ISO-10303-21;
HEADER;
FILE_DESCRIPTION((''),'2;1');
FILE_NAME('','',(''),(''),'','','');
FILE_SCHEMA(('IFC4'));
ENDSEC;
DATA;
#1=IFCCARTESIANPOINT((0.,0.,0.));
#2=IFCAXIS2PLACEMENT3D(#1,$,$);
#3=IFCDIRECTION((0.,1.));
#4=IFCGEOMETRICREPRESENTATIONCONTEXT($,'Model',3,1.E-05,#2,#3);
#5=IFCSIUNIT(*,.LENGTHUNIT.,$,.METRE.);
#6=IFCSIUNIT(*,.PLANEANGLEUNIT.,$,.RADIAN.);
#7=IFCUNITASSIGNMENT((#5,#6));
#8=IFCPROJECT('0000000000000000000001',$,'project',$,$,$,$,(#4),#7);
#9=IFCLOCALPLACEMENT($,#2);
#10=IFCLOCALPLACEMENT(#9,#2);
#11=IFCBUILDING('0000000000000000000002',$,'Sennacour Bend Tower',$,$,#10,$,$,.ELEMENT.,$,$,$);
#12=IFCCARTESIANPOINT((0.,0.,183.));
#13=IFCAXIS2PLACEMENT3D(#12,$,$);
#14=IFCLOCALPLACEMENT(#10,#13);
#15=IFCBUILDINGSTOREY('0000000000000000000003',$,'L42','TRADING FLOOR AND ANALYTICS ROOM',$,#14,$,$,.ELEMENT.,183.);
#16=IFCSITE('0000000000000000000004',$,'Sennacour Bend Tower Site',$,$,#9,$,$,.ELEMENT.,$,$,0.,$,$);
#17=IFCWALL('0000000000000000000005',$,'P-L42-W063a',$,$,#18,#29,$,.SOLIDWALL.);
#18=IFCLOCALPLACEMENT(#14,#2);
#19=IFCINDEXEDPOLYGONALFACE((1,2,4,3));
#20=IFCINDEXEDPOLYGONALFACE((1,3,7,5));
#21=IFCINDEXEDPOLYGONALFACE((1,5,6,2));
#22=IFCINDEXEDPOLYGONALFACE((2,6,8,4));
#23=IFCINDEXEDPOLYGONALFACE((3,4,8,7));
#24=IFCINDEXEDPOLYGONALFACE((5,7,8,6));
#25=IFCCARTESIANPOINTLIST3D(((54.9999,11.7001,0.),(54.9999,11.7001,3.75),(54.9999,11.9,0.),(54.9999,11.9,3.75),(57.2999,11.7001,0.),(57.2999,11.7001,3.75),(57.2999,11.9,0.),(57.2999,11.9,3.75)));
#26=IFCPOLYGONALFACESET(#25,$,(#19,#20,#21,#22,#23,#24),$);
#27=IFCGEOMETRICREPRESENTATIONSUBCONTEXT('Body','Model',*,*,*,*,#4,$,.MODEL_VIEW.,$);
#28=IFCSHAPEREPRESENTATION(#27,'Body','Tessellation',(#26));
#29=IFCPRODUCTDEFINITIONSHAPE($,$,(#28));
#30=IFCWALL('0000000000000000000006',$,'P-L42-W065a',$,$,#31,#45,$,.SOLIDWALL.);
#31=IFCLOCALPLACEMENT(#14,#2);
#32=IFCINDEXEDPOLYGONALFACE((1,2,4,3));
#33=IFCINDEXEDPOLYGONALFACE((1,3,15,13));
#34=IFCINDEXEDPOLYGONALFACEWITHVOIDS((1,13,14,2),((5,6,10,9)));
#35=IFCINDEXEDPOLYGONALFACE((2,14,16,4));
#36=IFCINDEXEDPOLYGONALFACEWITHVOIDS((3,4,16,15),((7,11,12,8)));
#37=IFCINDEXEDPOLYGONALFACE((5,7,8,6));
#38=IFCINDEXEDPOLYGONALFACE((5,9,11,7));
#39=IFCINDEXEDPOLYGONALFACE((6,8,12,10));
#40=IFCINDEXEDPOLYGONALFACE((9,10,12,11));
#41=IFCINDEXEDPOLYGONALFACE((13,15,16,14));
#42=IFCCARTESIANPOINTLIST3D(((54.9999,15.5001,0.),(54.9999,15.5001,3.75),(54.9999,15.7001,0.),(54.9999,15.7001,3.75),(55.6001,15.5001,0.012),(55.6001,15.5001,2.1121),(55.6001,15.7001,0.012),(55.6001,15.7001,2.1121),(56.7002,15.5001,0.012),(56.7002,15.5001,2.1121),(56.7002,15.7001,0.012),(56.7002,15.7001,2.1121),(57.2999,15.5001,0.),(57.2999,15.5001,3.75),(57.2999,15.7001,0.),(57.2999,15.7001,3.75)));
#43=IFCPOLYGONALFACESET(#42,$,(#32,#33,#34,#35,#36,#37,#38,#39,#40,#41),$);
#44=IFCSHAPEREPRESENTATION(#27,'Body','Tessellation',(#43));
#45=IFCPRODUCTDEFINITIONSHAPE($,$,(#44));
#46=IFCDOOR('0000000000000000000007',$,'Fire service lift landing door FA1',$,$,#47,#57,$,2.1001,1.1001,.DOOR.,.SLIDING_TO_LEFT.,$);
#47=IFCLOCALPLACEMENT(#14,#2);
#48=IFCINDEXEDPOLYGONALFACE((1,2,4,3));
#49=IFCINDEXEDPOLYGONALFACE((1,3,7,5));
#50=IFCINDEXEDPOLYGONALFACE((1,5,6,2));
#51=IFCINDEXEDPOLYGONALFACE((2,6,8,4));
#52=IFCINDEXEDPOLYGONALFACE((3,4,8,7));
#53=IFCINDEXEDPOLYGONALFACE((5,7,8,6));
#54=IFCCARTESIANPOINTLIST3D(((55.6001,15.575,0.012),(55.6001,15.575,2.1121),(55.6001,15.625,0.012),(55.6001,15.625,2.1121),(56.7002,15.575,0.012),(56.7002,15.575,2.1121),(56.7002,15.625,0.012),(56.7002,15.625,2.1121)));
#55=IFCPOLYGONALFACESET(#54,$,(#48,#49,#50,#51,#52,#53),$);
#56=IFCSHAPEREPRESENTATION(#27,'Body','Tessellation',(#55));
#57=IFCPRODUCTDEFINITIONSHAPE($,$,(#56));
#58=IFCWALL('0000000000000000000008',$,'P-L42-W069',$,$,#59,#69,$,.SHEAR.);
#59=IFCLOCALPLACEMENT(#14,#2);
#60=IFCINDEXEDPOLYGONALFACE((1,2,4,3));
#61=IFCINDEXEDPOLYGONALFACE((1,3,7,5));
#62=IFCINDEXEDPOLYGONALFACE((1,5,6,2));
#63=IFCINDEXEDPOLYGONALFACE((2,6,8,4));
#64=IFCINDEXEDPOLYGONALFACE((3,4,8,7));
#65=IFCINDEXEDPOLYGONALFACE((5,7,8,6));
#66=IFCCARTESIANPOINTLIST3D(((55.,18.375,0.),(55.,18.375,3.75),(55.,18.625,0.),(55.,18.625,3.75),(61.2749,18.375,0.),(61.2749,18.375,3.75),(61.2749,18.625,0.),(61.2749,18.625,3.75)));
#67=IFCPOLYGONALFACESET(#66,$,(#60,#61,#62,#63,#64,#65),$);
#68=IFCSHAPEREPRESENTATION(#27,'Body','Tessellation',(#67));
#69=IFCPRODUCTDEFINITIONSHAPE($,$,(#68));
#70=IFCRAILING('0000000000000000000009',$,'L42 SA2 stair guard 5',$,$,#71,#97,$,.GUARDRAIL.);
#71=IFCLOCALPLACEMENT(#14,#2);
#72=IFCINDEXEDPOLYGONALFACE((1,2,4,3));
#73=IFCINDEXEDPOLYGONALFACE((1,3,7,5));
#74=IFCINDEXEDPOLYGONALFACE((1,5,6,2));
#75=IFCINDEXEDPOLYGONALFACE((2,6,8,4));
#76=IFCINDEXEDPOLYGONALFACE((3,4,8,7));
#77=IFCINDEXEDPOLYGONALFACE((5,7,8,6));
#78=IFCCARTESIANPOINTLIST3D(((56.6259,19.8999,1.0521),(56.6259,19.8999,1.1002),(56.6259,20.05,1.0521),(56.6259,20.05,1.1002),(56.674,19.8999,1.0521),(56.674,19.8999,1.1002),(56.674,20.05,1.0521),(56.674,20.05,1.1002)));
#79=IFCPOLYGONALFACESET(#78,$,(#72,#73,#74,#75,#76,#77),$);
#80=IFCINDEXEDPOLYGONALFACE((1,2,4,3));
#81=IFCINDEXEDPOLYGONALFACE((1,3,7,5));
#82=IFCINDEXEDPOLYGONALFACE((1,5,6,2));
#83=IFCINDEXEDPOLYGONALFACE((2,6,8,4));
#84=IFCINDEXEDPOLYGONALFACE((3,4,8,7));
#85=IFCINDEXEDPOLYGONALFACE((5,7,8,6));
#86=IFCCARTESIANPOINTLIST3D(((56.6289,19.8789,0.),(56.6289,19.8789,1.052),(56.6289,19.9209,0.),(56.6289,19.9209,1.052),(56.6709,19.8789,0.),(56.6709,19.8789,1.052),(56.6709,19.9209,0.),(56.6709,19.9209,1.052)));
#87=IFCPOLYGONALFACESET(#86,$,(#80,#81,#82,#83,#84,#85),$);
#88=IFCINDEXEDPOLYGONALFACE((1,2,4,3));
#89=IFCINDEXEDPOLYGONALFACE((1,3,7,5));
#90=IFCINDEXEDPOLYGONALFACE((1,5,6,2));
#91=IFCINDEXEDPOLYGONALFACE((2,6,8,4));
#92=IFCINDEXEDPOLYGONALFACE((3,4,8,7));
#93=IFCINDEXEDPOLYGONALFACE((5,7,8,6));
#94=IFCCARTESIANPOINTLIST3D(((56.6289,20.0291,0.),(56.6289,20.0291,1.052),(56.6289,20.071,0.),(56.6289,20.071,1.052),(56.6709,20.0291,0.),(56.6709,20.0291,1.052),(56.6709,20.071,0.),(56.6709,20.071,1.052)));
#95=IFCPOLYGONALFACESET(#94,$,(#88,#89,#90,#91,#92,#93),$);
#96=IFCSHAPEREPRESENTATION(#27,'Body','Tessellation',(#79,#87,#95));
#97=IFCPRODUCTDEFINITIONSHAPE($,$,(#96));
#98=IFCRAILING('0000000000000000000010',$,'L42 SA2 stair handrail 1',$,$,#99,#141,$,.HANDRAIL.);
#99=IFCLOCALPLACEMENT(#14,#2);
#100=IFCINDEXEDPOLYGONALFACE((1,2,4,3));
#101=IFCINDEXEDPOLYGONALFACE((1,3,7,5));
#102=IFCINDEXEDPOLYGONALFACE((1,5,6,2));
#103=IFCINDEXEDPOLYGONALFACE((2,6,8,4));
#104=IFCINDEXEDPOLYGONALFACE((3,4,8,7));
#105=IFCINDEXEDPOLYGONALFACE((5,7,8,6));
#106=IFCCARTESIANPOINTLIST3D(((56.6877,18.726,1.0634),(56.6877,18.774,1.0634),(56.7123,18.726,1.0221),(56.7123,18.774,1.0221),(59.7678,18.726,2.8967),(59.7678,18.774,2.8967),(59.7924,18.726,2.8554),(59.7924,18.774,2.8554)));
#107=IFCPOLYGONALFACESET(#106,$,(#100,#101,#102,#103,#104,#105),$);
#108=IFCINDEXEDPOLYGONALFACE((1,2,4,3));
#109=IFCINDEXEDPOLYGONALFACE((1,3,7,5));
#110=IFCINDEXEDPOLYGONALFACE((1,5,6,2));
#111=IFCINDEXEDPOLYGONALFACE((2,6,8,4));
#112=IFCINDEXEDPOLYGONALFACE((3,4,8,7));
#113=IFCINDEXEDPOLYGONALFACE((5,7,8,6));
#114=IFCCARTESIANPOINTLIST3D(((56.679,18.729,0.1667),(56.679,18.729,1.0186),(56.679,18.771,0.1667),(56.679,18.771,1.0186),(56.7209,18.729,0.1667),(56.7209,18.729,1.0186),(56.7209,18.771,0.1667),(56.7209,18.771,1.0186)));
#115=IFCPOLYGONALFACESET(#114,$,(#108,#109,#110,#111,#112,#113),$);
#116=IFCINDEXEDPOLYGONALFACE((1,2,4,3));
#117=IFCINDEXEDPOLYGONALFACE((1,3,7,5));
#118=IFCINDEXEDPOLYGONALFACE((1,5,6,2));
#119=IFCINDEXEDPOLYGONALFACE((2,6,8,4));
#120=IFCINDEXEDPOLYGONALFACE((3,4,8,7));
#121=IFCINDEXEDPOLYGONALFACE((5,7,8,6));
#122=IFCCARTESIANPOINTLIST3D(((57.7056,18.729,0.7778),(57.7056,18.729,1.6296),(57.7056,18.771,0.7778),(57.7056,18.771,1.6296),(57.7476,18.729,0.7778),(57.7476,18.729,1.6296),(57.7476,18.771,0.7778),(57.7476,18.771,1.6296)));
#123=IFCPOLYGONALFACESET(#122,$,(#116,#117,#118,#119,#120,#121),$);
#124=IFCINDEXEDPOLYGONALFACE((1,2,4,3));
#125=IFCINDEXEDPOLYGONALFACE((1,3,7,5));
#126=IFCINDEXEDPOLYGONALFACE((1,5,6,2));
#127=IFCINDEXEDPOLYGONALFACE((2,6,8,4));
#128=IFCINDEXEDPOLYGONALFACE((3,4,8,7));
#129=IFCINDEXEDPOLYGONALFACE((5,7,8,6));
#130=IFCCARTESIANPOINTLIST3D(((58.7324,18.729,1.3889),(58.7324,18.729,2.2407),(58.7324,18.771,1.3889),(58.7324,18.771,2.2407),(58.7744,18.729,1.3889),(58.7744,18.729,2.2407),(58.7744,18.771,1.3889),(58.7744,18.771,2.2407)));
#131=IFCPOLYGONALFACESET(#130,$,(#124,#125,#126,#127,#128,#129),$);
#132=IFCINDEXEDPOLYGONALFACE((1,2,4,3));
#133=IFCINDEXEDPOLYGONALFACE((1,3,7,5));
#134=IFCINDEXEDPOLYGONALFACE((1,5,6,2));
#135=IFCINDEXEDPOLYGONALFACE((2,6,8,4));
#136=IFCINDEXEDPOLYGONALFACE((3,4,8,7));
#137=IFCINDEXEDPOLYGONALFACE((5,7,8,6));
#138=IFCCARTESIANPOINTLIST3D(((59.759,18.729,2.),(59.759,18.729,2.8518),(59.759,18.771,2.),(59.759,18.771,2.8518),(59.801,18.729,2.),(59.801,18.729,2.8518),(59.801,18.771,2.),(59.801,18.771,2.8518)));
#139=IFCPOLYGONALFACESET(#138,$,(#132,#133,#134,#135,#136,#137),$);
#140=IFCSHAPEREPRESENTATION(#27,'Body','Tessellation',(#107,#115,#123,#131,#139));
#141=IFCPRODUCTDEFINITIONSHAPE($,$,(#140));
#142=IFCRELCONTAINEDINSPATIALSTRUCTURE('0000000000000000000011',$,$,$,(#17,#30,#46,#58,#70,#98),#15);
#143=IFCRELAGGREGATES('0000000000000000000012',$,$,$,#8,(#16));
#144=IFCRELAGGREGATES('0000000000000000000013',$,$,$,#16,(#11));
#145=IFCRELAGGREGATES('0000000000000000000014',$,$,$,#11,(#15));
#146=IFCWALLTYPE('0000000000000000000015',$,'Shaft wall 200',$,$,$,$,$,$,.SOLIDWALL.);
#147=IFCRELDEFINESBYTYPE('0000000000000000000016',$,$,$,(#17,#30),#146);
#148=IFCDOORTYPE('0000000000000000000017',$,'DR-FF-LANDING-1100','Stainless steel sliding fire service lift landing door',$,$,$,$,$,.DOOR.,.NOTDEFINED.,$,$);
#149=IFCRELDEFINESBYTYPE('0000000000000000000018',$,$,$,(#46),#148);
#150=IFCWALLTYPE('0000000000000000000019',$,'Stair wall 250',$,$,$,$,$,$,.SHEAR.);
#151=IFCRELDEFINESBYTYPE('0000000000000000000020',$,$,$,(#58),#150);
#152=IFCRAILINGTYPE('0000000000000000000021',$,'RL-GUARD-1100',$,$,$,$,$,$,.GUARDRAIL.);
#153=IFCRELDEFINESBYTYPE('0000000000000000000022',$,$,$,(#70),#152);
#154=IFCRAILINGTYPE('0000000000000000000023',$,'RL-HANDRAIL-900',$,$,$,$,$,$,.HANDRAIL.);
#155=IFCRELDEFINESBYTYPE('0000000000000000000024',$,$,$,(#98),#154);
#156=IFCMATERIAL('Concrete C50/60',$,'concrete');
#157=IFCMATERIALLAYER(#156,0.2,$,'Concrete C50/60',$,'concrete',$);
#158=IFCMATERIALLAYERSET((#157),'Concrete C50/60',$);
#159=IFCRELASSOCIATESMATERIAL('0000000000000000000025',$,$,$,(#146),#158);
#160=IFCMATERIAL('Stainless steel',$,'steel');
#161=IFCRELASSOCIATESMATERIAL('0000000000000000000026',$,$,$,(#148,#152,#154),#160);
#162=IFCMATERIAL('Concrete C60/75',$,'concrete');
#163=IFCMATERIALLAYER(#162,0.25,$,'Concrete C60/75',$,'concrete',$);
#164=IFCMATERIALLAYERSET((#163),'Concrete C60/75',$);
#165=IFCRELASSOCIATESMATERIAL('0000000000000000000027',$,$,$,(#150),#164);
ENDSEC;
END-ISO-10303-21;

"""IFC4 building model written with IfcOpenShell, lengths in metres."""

from ifc_helpers import new_model, si_unit, direction, frame, frame_2d, origin, origin_2d, place, context, subcontext, project, spatial, rectangle, extrude, material, layer, layer_set, type_object, element, fill, save


model = new_model("IFC4")

# Units and contexts
model_context = context("Model", 3, precision=1e-05, world=origin(), true_north=direction((0.0, 1.0)))
body_context = subcontext(model_context, "Body", "Model", "MODEL_VIEW")
ifc_project = project(units=[si_unit("LENGTHUNIT", "METRE"), si_unit("PLANEANGLEUNIT", "RADIAN")], contexts=[model_context])

# Site, building, storey
site_placement = place(None, origin())
site = spatial("IfcSite", under=ifc_project, at=site_placement, Name="Sennacour Bend Tower Site", CompositionType="ELEMENT", RefElevation=0.0)
building_placement = place(site_placement, origin())
building = spatial("IfcBuilding", under=site, at=building_placement, Name="Sennacour Bend Tower", CompositionType="ELEMENT")
storey_placement = place(building_placement, frame((0.0, 0.0, 183.0)))
storey = spatial("IfcBuildingStorey", under=building, at=storey_placement, Name="L42", Description="TRADING FLOOR AND ANALYTICS ROOM", CompositionType="ELEMENT", Elevation=183.0)

# Shared definitions
ifc_material_1 = material(Name="Concrete C60/75", Category="concrete")

# Wall
ifc_material_2 = material(Name="Concrete C50/60", Category="concrete")
ifc_layer_1 = layer(ifc_material_2, 0.2, Name="Concrete C50/60", Category="concrete")
ifc_layer_set_1 = layer_set([ifc_layer_1], Name="Concrete C50/60")
wall_type_1 = type_object("IfcWallType", Name="Shaft wall 200", PredefinedType="SOLIDWALL", material=ifc_layer_set_1)
wall_1_placement = place(storey_placement, frame((55.0, 11.8, 0.0), z_axis=(0.0, 0.0, 1.0), x_axis=(1.0, 0.0, 0.0)))
element("IfcWall", 1, at=wall_1_placement, inside=storey, type_object=wall_type_1, Name="P-L42-W063a", PredefinedType="SOLIDWALL", context=body_context, shape_type="SweptSolid", body=[
    extrude(rectangle(XDim=2.3, YDim=0.2, at=frame_2d((1.1499, 0.0))), origin(), (0.0, 0.0, 1.0), 3.75),
])

# Wall, opening, door
wall_2_placement = place(storey_placement, frame((55.0, 15.6001, 0.0), z_axis=(0.0, 0.0, 1.0), x_axis=(1.0, 0.0, 0.0)))
wall_2 = element("IfcWall", 2, at=wall_2_placement, inside=storey, type_object=wall_type_1, Name="P-L42-W065a", PredefinedType="SOLIDWALL", context=body_context, shape_type="SweptSolid", body=[
    extrude(rectangle(XDim=2.3, YDim=0.2, at=frame_2d((1.1499, 0.0))), origin(), (0.0, 0.0, 1.0), 3.75),
])
opening_1_placement = place(wall_2_placement, frame((0.6001, 0.0, 0.012)))
opening_1 = element("IfcOpeningElement", 3, at=opening_1_placement, cuts=wall_2, PredefinedType="OPENING", context=body_context, shape_type="SweptSolid", body=[
    extrude(rectangle(XDim=1.1001, YDim=2.1001, at=frame_2d((0.55, 1.05))), frame((0.0, 0.1099, 0.0), z_axis=(0.0, -1.0, 0.0), x_axis=(1.0, 0.0, 0.0)), (0.0, 0.0, 1.0), 0.22),
])
ifc_material_3 = material(Name="Stainless steel", Category="steel")
door_type_1 = type_object("IfcDoorType", Name="DR-FF-LANDING-1100", Description="Stainless steel sliding fire service lift landing door", OperationType="NOTDEFINED", PredefinedType="DOOR", material=ifc_material_3)
door_1_placement = place(opening_1_placement, origin())
door_1 = element("IfcDoor", 4, at=door_1_placement, inside=storey, type_object=door_type_1, Name="Fire service lift landing door FA1", OperationType="SLIDING_TO_LEFT", OverallHeight=2.1001, OverallWidth=1.1001, PredefinedType="DOOR", context=body_context, shape_type="SweptSolid", body=[
    extrude(rectangle(XDim=1.1001, YDim=2.1001, at=frame_2d((0.55, 1.05))), frame((0.0, 0.0249, 0.0), z_axis=(0.0, -1.0, 0.0), x_axis=(1.0, 0.0, 0.0)), (0.0, 0.0, 1.0), 0.05),
])
fill(opening_1, door_1)

# Wall
ifc_layer_2 = layer(ifc_material_1, 0.25, Name="Concrete C60/75", Category="concrete")
ifc_layer_set_2 = layer_set([ifc_layer_2], Name="Concrete C60/75")
wall_type_2 = type_object("IfcWallType", Name="Stair wall 250", PredefinedType="SHEAR", material=ifc_layer_set_2)
wall_3_placement = place(storey_placement, frame((55.0, 18.5, 0.0), z_axis=(0.0, 0.0, 1.0), x_axis=(1.0, 0.0, 0.0)))
element("IfcWall", 5, at=wall_3_placement, inside=storey, type_object=wall_type_2, Name="P-L42-W069", PredefinedType="SHEAR", context=body_context, shape_type="SweptSolid", body=[
    extrude(rectangle(XDim=6.2749, YDim=0.25, at=frame_2d((3.1375, 0.0))), origin(), (0.0, 0.0, 1.0), 3.75),
])

# Railings
railing_type_1 = type_object("IfcRailingType", Name="RL-GUARD-1100", PredefinedType="GUARDRAIL", material=ifc_material_3)
railing_1_placement = place(storey_placement, frame((56.6499, 19.8999, 0.0)))
element("IfcRailing", 6, at=railing_1_placement, inside=storey, type_object=railing_type_1, Name="L42 SA2 stair guard 5", PredefinedType="GUARDRAIL", context=body_context, shape_type="SweptSolid", body=[
    extrude(rectangle(XDim=0.0481, YDim=0.0481, at=origin_2d()), frame((0.0, 0.0, 1.0762), z_axis=(0.0, 1.0, 0.0), x_axis=(-1.0, 0.0, 0.0)), (0.0, 0.0, 1.0), 0.1501),
    extrude(rectangle(XDim=0.042, YDim=0.042, at=origin_2d()), origin(), (0.0, 0.0, 1.0), 1.052),
    extrude(rectangle(XDim=0.042, YDim=0.042, at=origin_2d()), frame((0.0, 0.1501, 0.0)), (0.0, 0.0, 1.0), 1.052),
])
railing_type_2 = type_object("IfcRailingType", Name="RL-HANDRAIL-900", PredefinedType="HANDRAIL", material=ifc_material_3)
railing_2_placement = place(storey_placement, frame((56.7, 18.75, 0.1667)))
element("IfcRailing", 7, at=railing_2_placement, inside=storey, type_object=railing_type_2, Name="L42 SA2 stair handrail 1", PredefinedType="HANDRAIL", context=body_context, shape_type="SweptSolid", body=[
    extrude(rectangle(XDim=0.0481, YDim=0.0481, at=origin_2d()), frame((0.0, 0.0, 0.876), z_axis=(0.859309, 0.0, 0.511458), x_axis=(0.0, 1.0, 0.0)), (0.0, 0.0, 1.0), 3.5845),
    extrude(rectangle(XDim=0.042, YDim=0.042, at=origin_2d()), origin(), (0.0, 0.0, 1.0), 0.8518),
    extrude(rectangle(XDim=0.042, YDim=0.042, at=origin_2d()), frame((1.0266, 0.0, 0.6111)), (0.0, 0.0, 1.0), 0.8518),
    extrude(rectangle(XDim=0.042, YDim=0.042, at=origin_2d()), frame((2.0535, 0.0, 1.2222)), (0.0, 0.0, 1.0), 0.8518),
    extrude(rectangle(XDim=0.042, YDim=0.042, at=origin_2d()), frame((3.0801, 0.0, 1.8333)), (0.0, 0.0, 1.0), 0.8518),
])

save(model, "model.ifc")
